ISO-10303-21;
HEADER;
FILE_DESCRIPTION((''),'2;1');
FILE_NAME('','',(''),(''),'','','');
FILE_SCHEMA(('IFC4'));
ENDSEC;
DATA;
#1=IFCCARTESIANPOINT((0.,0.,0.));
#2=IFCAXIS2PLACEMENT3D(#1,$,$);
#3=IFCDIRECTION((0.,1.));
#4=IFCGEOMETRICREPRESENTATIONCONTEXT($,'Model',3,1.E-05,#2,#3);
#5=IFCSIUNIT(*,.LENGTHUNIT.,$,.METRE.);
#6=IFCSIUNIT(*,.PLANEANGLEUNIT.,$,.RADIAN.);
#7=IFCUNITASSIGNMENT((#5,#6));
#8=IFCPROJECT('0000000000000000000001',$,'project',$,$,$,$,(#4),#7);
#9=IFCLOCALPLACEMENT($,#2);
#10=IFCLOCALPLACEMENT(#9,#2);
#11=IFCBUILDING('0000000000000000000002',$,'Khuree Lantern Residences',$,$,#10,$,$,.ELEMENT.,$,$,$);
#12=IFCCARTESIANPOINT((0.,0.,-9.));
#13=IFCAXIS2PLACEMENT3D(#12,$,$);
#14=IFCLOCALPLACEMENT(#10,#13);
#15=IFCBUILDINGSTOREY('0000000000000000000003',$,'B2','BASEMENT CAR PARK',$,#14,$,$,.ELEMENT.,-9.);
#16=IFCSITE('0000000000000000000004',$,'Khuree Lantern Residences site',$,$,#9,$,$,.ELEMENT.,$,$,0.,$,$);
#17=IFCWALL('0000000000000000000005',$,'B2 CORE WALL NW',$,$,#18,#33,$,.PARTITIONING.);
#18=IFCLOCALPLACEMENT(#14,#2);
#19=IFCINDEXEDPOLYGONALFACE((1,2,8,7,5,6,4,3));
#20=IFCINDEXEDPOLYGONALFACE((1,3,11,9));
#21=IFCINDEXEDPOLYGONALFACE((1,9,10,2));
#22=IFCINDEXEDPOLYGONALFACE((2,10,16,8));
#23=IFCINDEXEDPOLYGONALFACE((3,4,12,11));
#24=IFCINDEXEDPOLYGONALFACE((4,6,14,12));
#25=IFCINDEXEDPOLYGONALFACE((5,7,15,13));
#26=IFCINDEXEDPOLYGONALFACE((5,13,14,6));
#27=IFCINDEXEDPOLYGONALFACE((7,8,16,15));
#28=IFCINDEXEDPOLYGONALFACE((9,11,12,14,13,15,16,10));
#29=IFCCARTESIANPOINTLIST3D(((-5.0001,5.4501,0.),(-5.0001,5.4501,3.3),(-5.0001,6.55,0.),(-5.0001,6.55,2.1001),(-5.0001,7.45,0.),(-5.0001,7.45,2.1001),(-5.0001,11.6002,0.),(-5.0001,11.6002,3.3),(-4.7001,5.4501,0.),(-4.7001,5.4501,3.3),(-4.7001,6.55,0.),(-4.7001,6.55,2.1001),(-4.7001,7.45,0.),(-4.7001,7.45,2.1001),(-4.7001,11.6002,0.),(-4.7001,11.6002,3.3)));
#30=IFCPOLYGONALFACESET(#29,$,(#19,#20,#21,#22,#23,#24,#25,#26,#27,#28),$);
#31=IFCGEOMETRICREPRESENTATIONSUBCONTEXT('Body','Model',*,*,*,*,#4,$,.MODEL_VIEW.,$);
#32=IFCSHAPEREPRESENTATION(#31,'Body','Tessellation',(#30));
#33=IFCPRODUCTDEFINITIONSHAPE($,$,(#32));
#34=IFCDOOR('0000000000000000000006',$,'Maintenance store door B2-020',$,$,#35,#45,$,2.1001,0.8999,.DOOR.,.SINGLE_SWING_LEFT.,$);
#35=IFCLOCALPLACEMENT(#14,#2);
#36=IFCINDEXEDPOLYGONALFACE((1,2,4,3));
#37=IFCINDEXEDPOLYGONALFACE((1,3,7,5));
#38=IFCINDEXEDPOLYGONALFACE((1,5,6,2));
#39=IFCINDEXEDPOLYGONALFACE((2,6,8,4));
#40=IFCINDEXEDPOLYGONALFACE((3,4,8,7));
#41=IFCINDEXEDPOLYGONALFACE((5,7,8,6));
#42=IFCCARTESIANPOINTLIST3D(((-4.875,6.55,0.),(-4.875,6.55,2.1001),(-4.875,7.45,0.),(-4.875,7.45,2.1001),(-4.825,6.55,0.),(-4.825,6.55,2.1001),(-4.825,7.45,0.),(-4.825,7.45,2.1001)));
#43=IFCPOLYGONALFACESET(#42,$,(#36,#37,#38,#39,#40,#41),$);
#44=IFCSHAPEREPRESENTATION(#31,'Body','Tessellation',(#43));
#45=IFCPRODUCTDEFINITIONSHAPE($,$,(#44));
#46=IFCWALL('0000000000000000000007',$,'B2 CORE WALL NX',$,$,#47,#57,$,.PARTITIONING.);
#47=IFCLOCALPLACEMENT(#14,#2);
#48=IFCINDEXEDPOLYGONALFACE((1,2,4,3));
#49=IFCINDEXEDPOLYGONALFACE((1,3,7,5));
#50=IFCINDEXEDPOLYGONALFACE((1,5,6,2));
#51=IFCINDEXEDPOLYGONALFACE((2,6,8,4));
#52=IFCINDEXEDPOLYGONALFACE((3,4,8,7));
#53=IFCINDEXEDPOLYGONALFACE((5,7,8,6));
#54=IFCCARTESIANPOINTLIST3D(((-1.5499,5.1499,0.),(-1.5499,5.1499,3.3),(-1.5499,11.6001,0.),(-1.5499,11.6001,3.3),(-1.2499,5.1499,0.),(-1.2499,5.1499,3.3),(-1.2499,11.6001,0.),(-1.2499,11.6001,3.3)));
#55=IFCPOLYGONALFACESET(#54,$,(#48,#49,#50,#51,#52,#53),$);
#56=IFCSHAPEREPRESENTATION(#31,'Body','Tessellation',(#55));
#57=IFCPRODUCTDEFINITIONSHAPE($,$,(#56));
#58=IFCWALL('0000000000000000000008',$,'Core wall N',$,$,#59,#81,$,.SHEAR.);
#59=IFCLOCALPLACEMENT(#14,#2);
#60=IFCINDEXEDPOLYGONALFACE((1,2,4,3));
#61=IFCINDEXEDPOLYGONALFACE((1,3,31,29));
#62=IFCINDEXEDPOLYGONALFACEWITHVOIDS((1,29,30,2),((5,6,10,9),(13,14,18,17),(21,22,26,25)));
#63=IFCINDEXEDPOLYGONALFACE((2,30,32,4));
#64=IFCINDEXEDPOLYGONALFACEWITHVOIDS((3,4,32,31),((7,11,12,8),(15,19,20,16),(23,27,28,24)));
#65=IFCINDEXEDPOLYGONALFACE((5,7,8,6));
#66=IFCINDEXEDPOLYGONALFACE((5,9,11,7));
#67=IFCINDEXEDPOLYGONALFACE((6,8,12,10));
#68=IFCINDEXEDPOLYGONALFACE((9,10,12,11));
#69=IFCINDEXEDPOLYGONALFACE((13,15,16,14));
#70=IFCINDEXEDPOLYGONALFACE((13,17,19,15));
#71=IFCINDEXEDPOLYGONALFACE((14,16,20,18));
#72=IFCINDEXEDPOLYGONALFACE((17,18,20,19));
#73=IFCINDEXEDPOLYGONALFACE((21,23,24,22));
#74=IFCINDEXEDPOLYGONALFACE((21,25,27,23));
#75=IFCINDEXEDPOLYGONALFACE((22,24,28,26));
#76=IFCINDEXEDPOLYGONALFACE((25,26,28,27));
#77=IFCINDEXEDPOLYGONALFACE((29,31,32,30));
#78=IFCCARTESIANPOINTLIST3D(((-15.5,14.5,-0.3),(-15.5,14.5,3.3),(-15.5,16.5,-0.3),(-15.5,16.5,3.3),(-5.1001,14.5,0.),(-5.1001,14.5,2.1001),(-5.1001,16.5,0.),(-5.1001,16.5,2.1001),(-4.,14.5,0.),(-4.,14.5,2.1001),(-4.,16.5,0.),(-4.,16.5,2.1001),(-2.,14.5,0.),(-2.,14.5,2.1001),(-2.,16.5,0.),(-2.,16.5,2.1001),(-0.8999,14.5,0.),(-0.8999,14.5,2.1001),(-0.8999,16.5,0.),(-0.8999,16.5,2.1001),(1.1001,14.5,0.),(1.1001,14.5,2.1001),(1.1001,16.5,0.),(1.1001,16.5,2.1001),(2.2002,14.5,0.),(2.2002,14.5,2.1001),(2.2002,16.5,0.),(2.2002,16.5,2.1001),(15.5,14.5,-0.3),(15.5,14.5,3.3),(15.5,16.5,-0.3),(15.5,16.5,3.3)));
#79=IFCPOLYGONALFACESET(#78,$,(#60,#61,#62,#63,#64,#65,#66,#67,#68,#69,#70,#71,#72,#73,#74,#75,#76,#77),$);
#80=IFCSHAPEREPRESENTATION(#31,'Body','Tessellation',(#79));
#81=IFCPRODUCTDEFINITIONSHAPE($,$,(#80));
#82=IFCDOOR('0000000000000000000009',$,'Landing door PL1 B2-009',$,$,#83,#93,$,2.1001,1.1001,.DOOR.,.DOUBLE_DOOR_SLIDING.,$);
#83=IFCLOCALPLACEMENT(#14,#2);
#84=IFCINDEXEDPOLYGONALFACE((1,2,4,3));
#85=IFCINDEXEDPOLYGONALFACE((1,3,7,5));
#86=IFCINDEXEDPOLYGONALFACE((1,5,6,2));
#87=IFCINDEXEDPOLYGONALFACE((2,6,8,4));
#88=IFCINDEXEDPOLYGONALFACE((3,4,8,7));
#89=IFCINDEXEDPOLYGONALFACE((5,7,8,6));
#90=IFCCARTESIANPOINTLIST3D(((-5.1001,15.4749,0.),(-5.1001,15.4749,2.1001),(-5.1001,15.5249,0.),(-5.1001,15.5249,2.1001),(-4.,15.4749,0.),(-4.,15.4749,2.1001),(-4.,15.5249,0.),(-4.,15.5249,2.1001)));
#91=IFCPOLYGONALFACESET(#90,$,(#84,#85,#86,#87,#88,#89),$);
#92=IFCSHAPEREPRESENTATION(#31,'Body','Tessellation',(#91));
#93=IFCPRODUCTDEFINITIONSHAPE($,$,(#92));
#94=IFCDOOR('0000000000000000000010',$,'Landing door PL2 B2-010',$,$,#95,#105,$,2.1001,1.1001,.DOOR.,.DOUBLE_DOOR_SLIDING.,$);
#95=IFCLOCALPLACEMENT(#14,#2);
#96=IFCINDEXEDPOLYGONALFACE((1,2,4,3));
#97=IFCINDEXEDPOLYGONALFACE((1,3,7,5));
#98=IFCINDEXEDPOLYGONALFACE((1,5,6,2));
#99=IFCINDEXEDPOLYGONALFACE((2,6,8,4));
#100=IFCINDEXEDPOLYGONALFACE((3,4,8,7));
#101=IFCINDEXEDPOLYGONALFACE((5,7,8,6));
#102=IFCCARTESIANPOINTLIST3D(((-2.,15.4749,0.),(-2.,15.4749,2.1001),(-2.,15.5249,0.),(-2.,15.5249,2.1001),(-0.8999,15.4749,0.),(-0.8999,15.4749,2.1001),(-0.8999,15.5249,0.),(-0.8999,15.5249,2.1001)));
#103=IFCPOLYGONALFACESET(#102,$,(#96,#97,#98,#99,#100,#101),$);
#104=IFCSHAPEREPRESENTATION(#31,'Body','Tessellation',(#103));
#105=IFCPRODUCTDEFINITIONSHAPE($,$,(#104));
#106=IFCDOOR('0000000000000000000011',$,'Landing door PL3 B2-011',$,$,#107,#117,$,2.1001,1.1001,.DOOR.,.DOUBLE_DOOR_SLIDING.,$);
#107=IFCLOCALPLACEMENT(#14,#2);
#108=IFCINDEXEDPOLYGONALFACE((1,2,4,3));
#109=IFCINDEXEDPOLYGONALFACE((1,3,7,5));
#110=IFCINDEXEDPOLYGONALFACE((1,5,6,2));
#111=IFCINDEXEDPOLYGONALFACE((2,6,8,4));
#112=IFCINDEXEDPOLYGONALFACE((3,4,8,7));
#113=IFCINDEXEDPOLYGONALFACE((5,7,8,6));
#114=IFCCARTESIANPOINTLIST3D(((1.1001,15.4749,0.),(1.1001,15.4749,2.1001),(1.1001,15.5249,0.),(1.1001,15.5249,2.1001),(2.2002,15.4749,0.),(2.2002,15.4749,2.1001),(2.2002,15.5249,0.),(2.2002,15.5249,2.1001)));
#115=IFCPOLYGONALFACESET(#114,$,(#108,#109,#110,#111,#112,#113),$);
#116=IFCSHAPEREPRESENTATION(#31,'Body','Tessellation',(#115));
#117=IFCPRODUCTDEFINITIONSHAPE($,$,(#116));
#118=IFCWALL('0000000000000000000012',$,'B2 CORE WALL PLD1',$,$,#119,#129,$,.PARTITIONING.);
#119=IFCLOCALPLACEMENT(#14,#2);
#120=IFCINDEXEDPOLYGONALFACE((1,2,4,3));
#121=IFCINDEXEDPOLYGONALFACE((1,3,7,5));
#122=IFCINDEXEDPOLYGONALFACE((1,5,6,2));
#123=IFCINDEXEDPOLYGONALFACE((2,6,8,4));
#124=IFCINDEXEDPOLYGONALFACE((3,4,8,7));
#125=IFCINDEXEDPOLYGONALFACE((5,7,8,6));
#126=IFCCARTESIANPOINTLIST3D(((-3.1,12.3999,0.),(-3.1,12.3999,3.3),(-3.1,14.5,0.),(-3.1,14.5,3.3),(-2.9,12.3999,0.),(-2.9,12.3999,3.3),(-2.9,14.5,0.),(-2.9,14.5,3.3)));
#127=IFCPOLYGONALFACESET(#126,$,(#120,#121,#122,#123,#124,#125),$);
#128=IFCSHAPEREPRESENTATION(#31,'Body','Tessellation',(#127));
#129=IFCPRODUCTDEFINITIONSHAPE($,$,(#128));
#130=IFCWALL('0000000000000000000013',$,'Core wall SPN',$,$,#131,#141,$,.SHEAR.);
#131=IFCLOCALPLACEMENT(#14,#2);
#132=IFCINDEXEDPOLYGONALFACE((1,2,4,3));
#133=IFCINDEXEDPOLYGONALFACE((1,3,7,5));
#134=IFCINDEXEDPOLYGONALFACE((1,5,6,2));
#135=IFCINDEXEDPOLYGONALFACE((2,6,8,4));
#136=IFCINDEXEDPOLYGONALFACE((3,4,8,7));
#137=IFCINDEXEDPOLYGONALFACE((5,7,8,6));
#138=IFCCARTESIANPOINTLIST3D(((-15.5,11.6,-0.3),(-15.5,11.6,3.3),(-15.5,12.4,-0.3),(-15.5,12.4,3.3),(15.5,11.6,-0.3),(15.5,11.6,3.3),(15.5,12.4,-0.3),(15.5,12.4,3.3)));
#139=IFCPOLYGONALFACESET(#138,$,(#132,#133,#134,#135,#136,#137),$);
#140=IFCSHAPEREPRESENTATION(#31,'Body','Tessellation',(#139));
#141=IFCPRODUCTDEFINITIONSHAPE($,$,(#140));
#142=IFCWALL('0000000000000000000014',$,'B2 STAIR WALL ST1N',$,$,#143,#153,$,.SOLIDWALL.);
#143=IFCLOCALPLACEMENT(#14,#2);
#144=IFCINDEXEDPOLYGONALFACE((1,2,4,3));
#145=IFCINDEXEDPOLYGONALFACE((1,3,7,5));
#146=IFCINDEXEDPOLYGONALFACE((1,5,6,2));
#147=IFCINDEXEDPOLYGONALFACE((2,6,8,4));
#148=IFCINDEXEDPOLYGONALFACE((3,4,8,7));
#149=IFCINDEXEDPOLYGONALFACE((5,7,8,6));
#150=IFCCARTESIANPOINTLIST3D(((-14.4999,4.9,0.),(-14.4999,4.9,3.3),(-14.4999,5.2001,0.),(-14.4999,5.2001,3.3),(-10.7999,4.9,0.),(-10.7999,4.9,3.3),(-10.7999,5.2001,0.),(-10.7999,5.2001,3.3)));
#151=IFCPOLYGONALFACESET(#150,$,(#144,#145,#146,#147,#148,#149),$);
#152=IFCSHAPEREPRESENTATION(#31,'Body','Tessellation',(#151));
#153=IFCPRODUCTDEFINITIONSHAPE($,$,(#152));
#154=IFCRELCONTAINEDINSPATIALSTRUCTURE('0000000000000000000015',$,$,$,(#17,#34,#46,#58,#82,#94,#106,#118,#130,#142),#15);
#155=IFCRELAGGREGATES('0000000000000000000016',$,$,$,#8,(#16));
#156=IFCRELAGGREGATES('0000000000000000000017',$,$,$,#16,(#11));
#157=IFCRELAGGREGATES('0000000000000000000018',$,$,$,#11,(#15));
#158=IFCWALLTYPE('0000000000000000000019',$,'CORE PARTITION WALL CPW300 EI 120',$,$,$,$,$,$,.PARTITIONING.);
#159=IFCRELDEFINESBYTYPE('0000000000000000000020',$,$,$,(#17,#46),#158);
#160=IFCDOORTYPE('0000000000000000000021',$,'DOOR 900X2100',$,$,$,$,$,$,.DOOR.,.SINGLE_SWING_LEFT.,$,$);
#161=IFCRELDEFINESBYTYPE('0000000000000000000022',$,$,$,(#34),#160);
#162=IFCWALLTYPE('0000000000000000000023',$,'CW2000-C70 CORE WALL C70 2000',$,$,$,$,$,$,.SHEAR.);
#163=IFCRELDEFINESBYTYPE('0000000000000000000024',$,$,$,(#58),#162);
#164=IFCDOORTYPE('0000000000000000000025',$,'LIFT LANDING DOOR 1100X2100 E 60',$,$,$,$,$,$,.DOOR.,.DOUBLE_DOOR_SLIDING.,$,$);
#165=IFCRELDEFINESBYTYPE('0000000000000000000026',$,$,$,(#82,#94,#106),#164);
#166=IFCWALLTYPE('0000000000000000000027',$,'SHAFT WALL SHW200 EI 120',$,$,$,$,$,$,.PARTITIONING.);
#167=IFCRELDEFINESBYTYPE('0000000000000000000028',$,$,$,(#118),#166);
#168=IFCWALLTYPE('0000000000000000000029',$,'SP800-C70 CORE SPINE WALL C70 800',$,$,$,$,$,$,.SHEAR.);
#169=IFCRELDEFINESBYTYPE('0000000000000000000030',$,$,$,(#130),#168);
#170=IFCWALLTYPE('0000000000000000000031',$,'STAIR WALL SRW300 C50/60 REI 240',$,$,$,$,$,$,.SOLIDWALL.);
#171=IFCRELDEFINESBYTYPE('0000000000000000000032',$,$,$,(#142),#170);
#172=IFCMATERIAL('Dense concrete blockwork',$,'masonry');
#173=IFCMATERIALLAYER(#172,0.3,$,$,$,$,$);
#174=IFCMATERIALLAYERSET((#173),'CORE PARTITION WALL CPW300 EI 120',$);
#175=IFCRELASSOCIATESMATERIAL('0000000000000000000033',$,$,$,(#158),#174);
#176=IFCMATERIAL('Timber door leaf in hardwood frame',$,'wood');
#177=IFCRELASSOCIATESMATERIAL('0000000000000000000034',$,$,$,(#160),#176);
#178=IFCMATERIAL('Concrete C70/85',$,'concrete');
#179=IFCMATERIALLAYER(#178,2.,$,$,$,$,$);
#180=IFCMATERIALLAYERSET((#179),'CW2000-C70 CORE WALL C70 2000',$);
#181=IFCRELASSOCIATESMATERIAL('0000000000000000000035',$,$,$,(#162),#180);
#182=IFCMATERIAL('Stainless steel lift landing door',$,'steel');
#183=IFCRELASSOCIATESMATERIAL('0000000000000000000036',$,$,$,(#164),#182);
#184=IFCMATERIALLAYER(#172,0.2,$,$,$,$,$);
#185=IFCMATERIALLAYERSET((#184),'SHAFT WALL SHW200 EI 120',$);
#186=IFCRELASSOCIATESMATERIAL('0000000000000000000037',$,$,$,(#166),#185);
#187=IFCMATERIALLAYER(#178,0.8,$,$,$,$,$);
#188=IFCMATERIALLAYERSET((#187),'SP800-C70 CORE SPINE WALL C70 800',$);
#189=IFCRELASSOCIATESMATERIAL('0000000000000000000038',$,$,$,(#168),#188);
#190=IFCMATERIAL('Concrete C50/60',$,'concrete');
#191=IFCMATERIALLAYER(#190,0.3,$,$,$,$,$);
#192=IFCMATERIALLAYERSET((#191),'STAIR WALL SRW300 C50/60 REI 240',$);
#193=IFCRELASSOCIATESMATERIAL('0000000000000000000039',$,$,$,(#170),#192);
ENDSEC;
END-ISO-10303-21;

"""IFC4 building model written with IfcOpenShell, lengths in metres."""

from ifc_helpers import new_model, si_unit, direction, frame, frame_2d, origin, place, context, subcontext, project, spatial, rectangle, extrude, material, layer, layer_set, type_object, element, fill, save


model = new_model("IFC4")

# Units and contexts
model_context = context("Model", 3, precision=1e-05, world=origin(), true_north=direction((0.0, 1.0)))
body_context = subcontext(model_context, "Body", "Model", "MODEL_VIEW")
ifc_project = project(units=[si_unit("LENGTHUNIT", "METRE"), si_unit("PLANEANGLEUNIT", "RADIAN")], contexts=[model_context])

# Site, building, storey
site_placement = place(None, origin())
site = spatial("IfcSite", under=ifc_project, at=site_placement, Name="Khuree Lantern Residences site", CompositionType="ELEMENT", RefElevation=0.0)
building_placement = place(site_placement, origin())
building = spatial("IfcBuilding", under=site, at=building_placement, Name="Khuree Lantern Residences", CompositionType="ELEMENT")
storey_placement = place(building_placement, frame((0.0, 0.0, -9.0)))
storey = spatial("IfcBuildingStorey", under=building, at=storey_placement, Name="B2", Description="BASEMENT CAR PARK", CompositionType="ELEMENT", Elevation=-9.0)

# Shared definitions
ifc_material_1 = material(Name="Concrete C70/85", Category="concrete")

# Shared definitions
ifc_material_2 = material(Name="Dense concrete blockwork", Category="masonry")
ifc_layer_1 = layer(ifc_material_2, 0.3)
ifc_layer_set_1 = layer_set([ifc_layer_1], Name="CORE PARTITION WALL CPW300 EI 120")
wall_type_1 = type_object("IfcWallType", Name="CORE PARTITION WALL CPW300 EI 120", PredefinedType="PARTITIONING", material=ifc_layer_set_1)

# Shared definitions
ifc_material_3 = material(Name="Timber door leaf in hardwood frame", Category="wood")
door_type_1 = type_object("IfcDoorType", Name="DOOR 900X2100", OperationType="SINGLE_SWING_LEFT", PredefinedType="DOOR", material=ifc_material_3)

# Wall, opening, door
wall_1_placement = place(storey_placement, frame((-4.8501, 5.45, 0.0), z_axis=(0.0, 0.0, 1.0), x_axis=(0.0, 1.0, 0.0)))
wall_1 = element("IfcWall", 1, at=wall_1_placement, inside=storey, type_object=wall_type_1, Name="B2 CORE WALL NW", PredefinedType="PARTITIONING", context=body_context, shape_type="SweptSolid", body=[
    extrude(rectangle(XDim=6.1501, YDim=0.3, at=frame_2d((3.0752, 0.0))), origin(), (0.0, 0.0, 1.0), 3.3),
])
opening_1_placement = place(wall_1_placement, frame((1.1001, 0.0, 0.0)))
opening_1 = element("IfcOpeningElement", 2, at=opening_1_placement, cuts=wall_1, PredefinedType="OPENING", context=body_context, shape_type="SweptSolid", body=[
    extrude(rectangle(XDim=0.8999, YDim=2.1001, at=frame_2d((0.45, 1.05))), frame((0.0, 0.1602, 0.0), z_axis=(0.0, -1.0, 0.0), x_axis=(1.0, 0.0, 0.0)), (0.0, 0.0, 1.0), 0.3201),
])
door_1_placement = place(opening_1_placement, origin())
door_1 = element("IfcDoor", 3, at=door_1_placement, inside=storey, type_object=door_type_1, Name="Maintenance store door B2-020", OperationType="SINGLE_SWING_LEFT", OverallHeight=2.1001, OverallWidth=0.8999, PredefinedType="DOOR", context=body_context, shape_type="SweptSolid", body=[
    extrude(rectangle(XDim=0.8999, YDim=2.1001, at=frame_2d((0.45, 1.05))), frame((0.0, 0.0249, 0.0), z_axis=(0.0, -1.0, 0.0), x_axis=(1.0, 0.0, 0.0)), (0.0, 0.0, 1.0), 0.05),
])
fill(opening_1, door_1)

# Wall
wall_2_placement = place(storey_placement, frame((-1.3999, 5.1499, 0.0), z_axis=(0.0, 0.0, 1.0), x_axis=(0.0, 1.0, 0.0)))
element("IfcWall", 4, at=wall_2_placement, inside=storey, type_object=wall_type_1, Name="B2 CORE WALL NX", PredefinedType="PARTITIONING", context=body_context, shape_type="SweptSolid", body=[
    extrude(rectangle(XDim=6.4502, YDim=0.3, at=frame_2d((3.2251, 0.0))), origin(), (0.0, 0.0, 1.0), 3.3),
])

# Wall, openings, doors
ifc_layer_2 = layer(ifc_material_1, 2.0)
ifc_layer_set_2 = layer_set([ifc_layer_2], Name="CW2000-C70 CORE WALL C70 2000")
wall_type_2 = type_object("IfcWallType", Name="CW2000-C70 CORE WALL C70 2000", PredefinedType="SHEAR", material=ifc_layer_set_2)
wall_3_placement = place(storey_placement, frame((-15.5, 15.5, -0.3), z_axis=(0.0, 0.0, 1.0), x_axis=(1.0, 0.0, 0.0)))
wall_3 = element("IfcWall", 5, at=wall_3_placement, inside=storey, type_object=wall_type_2, Name="Core wall N", PredefinedType="SHEAR", context=body_context, shape_type="SweptSolid", body=[
    extrude(rectangle(XDim=31.0, YDim=2.0, at=frame_2d((15.5, 0.0))), origin(), (0.0, 0.0, 1.0), 3.6001),
])
opening_2_placement = place(wall_3_placement, frame((10.3999, 0.0, 0.3)))
opening_2 = element("IfcOpeningElement", 6, at=opening_2_placement, cuts=wall_3, PredefinedType="OPENING", context=body_context, shape_type="SweptSolid", body=[
    extrude(rectangle(XDim=1.1001, YDim=2.1001, at=frame_2d((0.55, 1.05))), frame((0.0, 1.01, 0.0), z_axis=(0.0, -1.0, 0.0), x_axis=(1.0, 0.0, 0.0)), (0.0, 0.0, 1.0), 2.02),
])
opening_3_placement = place(wall_3_placement, frame((13.5, 0.0, 0.3)))
opening_3 = element("IfcOpeningElement", 7, at=opening_3_placement, cuts=wall_3, PredefinedType="OPENING", context=body_context, shape_type="SweptSolid", body=[
    extrude(rectangle(XDim=1.1001, YDim=2.1001, at=frame_2d((0.55, 1.05))), frame((0.0, 1.01, 0.0), z_axis=(0.0, -1.0, 0.0), x_axis=(1.0, 0.0, 0.0)), (0.0, 0.0, 1.0), 2.02),
])
opening_4_placement = place(wall_3_placement, frame((16.6001, 0.0, 0.3)))
opening_4 = element("IfcOpeningElement", 8, at=opening_4_placement, cuts=wall_3, PredefinedType="OPENING", context=body_context, shape_type="SweptSolid", body=[
    extrude(rectangle(XDim=1.1001, YDim=2.1001, at=frame_2d((0.55, 1.05))), frame((0.0, 1.01, 0.0), z_axis=(0.0, -1.0, 0.0), x_axis=(1.0, 0.0, 0.0)), (0.0, 0.0, 1.0), 2.02),
])
ifc_material_4 = material(Name="Stainless steel lift landing door", Category="steel")
door_type_2 = type_object("IfcDoorType", Name="LIFT LANDING DOOR 1100X2100 E 60", OperationType="DOUBLE_DOOR_SLIDING", PredefinedType="DOOR", material=ifc_material_4)
door_2_placement = place(opening_2_placement, origin())
door_2 = element("IfcDoor", 9, at=door_2_placement, inside=storey, type_object=door_type_2, Name="Landing door PL1 B2-009", OperationType="DOUBLE_DOOR_SLIDING", OverallHeight=2.1001, OverallWidth=1.1001, PredefinedType="DOOR", context=body_context, shape_type="SweptSolid", body=[
    extrude(rectangle(XDim=1.1001, YDim=2.1001, at=frame_2d((0.55, 1.05))), frame((0.0, 0.0249, 0.0), z_axis=(0.0, -1.0, 0.0), x_axis=(1.0, 0.0, 0.0)), (0.0, 0.0, 1.0), 0.05),
])
fill(opening_2, door_2)
door_3_placement = place(opening_3_placement, origin())
door_3 = element("IfcDoor", 10, at=door_3_placement, inside=storey, type_object=door_type_2, Name="Landing door PL2 B2-010", OperationType="DOUBLE_DOOR_SLIDING", OverallHeight=2.1001, OverallWidth=1.1001, PredefinedType="DOOR", context=body_context, shape_type="SweptSolid", body=[
    extrude(rectangle(XDim=1.1001, YDim=2.1001, at=frame_2d((0.55, 1.05))), frame((0.0, 0.0249, 0.0), z_axis=(0.0, -1.0, 0.0), x_axis=(1.0, 0.0, 0.0)), (0.0, 0.0, 1.0), 0.05),
])
fill(opening_3, door_3)
door_4_placement = place(opening_4_placement, origin())
door_4 = element("IfcDoor", 11, at=door_4_placement, inside=storey, type_object=door_type_2, Name="Landing door PL3 B2-011", OperationType="DOUBLE_DOOR_SLIDING", OverallHeight=2.1001, OverallWidth=1.1001, PredefinedType="DOOR", context=body_context, shape_type="SweptSolid", body=[
    extrude(rectangle(XDim=1.1001, YDim=2.1001, at=frame_2d((0.55, 1.05))), frame((0.0, 0.0249, 0.0), z_axis=(0.0, -1.0, 0.0), x_axis=(1.0, 0.0, 0.0)), (0.0, 0.0, 1.0), 0.05),
])
fill(opening_4, door_4)

# Walls
ifc_layer_3 = layer(ifc_material_2, 0.2)
ifc_layer_set_3 = layer_set([ifc_layer_3], Name="SHAFT WALL SHW200 EI 120")
wall_type_3 = type_object("IfcWallType", Name="SHAFT WALL SHW200 EI 120", PredefinedType="PARTITIONING", material=ifc_layer_set_3)
wall_4_placement = place(storey_placement, frame((-3.0, 12.3999, 0.0), z_axis=(0.0, 0.0, 1.0), x_axis=(0.0, 1.0, 0.0)))
element("IfcWall", 12, at=wall_4_placement, inside=storey, type_object=wall_type_3, Name="B2 CORE WALL PLD1", PredefinedType="PARTITIONING", context=body_context, shape_type="SweptSolid", body=[
    extrude(rectangle(XDim=2.1001, YDim=0.2, at=frame_2d((1.05, 0.0))), origin(), (0.0, 0.0, 1.0), 3.3),
])
ifc_layer_4 = layer(ifc_material_1, 0.8)
ifc_layer_set_4 = layer_set([ifc_layer_4], Name="SP800-C70 CORE SPINE WALL C70 800")
wall_type_4 = type_object("IfcWallType", Name="SP800-C70 CORE SPINE WALL C70 800", PredefinedType="SHEAR", material=ifc_layer_set_4)
wall_5_placement = place(storey_placement, frame((-15.5, 12.0, -0.3), z_axis=(0.0, 0.0, 1.0), x_axis=(1.0, 0.0, 0.0)))
element("IfcWall", 13, at=wall_5_placement, inside=storey, type_object=wall_type_4, Name="Core wall SPN", PredefinedType="SHEAR", context=body_context, shape_type="SweptSolid", body=[
    extrude(rectangle(XDim=31.0, YDim=0.8, at=frame_2d((15.5, 0.0))), origin(), (0.0, 0.0, 1.0), 3.6001),
])
ifc_material_5 = material(Name="Concrete C50/60", Category="concrete")
ifc_layer_5 = layer(ifc_material_5, 0.3)
ifc_layer_set_5 = layer_set([ifc_layer_5], Name="STAIR WALL SRW300 C50/60 REI 240")
wall_type_5 = type_object("IfcWallType", Name="STAIR WALL SRW300 C50/60 REI 240", PredefinedType="SOLIDWALL", material=ifc_layer_set_5)
wall_6_placement = place(storey_placement, frame((-14.5, 5.05, 0.0), z_axis=(0.0, 0.0, 1.0), x_axis=(1.0, 0.0, 0.0)))
element("IfcWall", 14, at=wall_6_placement, inside=storey, type_object=wall_type_5, Name="B2 STAIR WALL ST1N", PredefinedType="SOLIDWALL", context=body_context, shape_type="SweptSolid", body=[
    extrude(rectangle(XDim=3.7, YDim=0.3, at=frame_2d((1.8501, 0.0))), origin(), (0.0, 0.0, 1.0), 3.3),
])

save(model, "model.ifc")
